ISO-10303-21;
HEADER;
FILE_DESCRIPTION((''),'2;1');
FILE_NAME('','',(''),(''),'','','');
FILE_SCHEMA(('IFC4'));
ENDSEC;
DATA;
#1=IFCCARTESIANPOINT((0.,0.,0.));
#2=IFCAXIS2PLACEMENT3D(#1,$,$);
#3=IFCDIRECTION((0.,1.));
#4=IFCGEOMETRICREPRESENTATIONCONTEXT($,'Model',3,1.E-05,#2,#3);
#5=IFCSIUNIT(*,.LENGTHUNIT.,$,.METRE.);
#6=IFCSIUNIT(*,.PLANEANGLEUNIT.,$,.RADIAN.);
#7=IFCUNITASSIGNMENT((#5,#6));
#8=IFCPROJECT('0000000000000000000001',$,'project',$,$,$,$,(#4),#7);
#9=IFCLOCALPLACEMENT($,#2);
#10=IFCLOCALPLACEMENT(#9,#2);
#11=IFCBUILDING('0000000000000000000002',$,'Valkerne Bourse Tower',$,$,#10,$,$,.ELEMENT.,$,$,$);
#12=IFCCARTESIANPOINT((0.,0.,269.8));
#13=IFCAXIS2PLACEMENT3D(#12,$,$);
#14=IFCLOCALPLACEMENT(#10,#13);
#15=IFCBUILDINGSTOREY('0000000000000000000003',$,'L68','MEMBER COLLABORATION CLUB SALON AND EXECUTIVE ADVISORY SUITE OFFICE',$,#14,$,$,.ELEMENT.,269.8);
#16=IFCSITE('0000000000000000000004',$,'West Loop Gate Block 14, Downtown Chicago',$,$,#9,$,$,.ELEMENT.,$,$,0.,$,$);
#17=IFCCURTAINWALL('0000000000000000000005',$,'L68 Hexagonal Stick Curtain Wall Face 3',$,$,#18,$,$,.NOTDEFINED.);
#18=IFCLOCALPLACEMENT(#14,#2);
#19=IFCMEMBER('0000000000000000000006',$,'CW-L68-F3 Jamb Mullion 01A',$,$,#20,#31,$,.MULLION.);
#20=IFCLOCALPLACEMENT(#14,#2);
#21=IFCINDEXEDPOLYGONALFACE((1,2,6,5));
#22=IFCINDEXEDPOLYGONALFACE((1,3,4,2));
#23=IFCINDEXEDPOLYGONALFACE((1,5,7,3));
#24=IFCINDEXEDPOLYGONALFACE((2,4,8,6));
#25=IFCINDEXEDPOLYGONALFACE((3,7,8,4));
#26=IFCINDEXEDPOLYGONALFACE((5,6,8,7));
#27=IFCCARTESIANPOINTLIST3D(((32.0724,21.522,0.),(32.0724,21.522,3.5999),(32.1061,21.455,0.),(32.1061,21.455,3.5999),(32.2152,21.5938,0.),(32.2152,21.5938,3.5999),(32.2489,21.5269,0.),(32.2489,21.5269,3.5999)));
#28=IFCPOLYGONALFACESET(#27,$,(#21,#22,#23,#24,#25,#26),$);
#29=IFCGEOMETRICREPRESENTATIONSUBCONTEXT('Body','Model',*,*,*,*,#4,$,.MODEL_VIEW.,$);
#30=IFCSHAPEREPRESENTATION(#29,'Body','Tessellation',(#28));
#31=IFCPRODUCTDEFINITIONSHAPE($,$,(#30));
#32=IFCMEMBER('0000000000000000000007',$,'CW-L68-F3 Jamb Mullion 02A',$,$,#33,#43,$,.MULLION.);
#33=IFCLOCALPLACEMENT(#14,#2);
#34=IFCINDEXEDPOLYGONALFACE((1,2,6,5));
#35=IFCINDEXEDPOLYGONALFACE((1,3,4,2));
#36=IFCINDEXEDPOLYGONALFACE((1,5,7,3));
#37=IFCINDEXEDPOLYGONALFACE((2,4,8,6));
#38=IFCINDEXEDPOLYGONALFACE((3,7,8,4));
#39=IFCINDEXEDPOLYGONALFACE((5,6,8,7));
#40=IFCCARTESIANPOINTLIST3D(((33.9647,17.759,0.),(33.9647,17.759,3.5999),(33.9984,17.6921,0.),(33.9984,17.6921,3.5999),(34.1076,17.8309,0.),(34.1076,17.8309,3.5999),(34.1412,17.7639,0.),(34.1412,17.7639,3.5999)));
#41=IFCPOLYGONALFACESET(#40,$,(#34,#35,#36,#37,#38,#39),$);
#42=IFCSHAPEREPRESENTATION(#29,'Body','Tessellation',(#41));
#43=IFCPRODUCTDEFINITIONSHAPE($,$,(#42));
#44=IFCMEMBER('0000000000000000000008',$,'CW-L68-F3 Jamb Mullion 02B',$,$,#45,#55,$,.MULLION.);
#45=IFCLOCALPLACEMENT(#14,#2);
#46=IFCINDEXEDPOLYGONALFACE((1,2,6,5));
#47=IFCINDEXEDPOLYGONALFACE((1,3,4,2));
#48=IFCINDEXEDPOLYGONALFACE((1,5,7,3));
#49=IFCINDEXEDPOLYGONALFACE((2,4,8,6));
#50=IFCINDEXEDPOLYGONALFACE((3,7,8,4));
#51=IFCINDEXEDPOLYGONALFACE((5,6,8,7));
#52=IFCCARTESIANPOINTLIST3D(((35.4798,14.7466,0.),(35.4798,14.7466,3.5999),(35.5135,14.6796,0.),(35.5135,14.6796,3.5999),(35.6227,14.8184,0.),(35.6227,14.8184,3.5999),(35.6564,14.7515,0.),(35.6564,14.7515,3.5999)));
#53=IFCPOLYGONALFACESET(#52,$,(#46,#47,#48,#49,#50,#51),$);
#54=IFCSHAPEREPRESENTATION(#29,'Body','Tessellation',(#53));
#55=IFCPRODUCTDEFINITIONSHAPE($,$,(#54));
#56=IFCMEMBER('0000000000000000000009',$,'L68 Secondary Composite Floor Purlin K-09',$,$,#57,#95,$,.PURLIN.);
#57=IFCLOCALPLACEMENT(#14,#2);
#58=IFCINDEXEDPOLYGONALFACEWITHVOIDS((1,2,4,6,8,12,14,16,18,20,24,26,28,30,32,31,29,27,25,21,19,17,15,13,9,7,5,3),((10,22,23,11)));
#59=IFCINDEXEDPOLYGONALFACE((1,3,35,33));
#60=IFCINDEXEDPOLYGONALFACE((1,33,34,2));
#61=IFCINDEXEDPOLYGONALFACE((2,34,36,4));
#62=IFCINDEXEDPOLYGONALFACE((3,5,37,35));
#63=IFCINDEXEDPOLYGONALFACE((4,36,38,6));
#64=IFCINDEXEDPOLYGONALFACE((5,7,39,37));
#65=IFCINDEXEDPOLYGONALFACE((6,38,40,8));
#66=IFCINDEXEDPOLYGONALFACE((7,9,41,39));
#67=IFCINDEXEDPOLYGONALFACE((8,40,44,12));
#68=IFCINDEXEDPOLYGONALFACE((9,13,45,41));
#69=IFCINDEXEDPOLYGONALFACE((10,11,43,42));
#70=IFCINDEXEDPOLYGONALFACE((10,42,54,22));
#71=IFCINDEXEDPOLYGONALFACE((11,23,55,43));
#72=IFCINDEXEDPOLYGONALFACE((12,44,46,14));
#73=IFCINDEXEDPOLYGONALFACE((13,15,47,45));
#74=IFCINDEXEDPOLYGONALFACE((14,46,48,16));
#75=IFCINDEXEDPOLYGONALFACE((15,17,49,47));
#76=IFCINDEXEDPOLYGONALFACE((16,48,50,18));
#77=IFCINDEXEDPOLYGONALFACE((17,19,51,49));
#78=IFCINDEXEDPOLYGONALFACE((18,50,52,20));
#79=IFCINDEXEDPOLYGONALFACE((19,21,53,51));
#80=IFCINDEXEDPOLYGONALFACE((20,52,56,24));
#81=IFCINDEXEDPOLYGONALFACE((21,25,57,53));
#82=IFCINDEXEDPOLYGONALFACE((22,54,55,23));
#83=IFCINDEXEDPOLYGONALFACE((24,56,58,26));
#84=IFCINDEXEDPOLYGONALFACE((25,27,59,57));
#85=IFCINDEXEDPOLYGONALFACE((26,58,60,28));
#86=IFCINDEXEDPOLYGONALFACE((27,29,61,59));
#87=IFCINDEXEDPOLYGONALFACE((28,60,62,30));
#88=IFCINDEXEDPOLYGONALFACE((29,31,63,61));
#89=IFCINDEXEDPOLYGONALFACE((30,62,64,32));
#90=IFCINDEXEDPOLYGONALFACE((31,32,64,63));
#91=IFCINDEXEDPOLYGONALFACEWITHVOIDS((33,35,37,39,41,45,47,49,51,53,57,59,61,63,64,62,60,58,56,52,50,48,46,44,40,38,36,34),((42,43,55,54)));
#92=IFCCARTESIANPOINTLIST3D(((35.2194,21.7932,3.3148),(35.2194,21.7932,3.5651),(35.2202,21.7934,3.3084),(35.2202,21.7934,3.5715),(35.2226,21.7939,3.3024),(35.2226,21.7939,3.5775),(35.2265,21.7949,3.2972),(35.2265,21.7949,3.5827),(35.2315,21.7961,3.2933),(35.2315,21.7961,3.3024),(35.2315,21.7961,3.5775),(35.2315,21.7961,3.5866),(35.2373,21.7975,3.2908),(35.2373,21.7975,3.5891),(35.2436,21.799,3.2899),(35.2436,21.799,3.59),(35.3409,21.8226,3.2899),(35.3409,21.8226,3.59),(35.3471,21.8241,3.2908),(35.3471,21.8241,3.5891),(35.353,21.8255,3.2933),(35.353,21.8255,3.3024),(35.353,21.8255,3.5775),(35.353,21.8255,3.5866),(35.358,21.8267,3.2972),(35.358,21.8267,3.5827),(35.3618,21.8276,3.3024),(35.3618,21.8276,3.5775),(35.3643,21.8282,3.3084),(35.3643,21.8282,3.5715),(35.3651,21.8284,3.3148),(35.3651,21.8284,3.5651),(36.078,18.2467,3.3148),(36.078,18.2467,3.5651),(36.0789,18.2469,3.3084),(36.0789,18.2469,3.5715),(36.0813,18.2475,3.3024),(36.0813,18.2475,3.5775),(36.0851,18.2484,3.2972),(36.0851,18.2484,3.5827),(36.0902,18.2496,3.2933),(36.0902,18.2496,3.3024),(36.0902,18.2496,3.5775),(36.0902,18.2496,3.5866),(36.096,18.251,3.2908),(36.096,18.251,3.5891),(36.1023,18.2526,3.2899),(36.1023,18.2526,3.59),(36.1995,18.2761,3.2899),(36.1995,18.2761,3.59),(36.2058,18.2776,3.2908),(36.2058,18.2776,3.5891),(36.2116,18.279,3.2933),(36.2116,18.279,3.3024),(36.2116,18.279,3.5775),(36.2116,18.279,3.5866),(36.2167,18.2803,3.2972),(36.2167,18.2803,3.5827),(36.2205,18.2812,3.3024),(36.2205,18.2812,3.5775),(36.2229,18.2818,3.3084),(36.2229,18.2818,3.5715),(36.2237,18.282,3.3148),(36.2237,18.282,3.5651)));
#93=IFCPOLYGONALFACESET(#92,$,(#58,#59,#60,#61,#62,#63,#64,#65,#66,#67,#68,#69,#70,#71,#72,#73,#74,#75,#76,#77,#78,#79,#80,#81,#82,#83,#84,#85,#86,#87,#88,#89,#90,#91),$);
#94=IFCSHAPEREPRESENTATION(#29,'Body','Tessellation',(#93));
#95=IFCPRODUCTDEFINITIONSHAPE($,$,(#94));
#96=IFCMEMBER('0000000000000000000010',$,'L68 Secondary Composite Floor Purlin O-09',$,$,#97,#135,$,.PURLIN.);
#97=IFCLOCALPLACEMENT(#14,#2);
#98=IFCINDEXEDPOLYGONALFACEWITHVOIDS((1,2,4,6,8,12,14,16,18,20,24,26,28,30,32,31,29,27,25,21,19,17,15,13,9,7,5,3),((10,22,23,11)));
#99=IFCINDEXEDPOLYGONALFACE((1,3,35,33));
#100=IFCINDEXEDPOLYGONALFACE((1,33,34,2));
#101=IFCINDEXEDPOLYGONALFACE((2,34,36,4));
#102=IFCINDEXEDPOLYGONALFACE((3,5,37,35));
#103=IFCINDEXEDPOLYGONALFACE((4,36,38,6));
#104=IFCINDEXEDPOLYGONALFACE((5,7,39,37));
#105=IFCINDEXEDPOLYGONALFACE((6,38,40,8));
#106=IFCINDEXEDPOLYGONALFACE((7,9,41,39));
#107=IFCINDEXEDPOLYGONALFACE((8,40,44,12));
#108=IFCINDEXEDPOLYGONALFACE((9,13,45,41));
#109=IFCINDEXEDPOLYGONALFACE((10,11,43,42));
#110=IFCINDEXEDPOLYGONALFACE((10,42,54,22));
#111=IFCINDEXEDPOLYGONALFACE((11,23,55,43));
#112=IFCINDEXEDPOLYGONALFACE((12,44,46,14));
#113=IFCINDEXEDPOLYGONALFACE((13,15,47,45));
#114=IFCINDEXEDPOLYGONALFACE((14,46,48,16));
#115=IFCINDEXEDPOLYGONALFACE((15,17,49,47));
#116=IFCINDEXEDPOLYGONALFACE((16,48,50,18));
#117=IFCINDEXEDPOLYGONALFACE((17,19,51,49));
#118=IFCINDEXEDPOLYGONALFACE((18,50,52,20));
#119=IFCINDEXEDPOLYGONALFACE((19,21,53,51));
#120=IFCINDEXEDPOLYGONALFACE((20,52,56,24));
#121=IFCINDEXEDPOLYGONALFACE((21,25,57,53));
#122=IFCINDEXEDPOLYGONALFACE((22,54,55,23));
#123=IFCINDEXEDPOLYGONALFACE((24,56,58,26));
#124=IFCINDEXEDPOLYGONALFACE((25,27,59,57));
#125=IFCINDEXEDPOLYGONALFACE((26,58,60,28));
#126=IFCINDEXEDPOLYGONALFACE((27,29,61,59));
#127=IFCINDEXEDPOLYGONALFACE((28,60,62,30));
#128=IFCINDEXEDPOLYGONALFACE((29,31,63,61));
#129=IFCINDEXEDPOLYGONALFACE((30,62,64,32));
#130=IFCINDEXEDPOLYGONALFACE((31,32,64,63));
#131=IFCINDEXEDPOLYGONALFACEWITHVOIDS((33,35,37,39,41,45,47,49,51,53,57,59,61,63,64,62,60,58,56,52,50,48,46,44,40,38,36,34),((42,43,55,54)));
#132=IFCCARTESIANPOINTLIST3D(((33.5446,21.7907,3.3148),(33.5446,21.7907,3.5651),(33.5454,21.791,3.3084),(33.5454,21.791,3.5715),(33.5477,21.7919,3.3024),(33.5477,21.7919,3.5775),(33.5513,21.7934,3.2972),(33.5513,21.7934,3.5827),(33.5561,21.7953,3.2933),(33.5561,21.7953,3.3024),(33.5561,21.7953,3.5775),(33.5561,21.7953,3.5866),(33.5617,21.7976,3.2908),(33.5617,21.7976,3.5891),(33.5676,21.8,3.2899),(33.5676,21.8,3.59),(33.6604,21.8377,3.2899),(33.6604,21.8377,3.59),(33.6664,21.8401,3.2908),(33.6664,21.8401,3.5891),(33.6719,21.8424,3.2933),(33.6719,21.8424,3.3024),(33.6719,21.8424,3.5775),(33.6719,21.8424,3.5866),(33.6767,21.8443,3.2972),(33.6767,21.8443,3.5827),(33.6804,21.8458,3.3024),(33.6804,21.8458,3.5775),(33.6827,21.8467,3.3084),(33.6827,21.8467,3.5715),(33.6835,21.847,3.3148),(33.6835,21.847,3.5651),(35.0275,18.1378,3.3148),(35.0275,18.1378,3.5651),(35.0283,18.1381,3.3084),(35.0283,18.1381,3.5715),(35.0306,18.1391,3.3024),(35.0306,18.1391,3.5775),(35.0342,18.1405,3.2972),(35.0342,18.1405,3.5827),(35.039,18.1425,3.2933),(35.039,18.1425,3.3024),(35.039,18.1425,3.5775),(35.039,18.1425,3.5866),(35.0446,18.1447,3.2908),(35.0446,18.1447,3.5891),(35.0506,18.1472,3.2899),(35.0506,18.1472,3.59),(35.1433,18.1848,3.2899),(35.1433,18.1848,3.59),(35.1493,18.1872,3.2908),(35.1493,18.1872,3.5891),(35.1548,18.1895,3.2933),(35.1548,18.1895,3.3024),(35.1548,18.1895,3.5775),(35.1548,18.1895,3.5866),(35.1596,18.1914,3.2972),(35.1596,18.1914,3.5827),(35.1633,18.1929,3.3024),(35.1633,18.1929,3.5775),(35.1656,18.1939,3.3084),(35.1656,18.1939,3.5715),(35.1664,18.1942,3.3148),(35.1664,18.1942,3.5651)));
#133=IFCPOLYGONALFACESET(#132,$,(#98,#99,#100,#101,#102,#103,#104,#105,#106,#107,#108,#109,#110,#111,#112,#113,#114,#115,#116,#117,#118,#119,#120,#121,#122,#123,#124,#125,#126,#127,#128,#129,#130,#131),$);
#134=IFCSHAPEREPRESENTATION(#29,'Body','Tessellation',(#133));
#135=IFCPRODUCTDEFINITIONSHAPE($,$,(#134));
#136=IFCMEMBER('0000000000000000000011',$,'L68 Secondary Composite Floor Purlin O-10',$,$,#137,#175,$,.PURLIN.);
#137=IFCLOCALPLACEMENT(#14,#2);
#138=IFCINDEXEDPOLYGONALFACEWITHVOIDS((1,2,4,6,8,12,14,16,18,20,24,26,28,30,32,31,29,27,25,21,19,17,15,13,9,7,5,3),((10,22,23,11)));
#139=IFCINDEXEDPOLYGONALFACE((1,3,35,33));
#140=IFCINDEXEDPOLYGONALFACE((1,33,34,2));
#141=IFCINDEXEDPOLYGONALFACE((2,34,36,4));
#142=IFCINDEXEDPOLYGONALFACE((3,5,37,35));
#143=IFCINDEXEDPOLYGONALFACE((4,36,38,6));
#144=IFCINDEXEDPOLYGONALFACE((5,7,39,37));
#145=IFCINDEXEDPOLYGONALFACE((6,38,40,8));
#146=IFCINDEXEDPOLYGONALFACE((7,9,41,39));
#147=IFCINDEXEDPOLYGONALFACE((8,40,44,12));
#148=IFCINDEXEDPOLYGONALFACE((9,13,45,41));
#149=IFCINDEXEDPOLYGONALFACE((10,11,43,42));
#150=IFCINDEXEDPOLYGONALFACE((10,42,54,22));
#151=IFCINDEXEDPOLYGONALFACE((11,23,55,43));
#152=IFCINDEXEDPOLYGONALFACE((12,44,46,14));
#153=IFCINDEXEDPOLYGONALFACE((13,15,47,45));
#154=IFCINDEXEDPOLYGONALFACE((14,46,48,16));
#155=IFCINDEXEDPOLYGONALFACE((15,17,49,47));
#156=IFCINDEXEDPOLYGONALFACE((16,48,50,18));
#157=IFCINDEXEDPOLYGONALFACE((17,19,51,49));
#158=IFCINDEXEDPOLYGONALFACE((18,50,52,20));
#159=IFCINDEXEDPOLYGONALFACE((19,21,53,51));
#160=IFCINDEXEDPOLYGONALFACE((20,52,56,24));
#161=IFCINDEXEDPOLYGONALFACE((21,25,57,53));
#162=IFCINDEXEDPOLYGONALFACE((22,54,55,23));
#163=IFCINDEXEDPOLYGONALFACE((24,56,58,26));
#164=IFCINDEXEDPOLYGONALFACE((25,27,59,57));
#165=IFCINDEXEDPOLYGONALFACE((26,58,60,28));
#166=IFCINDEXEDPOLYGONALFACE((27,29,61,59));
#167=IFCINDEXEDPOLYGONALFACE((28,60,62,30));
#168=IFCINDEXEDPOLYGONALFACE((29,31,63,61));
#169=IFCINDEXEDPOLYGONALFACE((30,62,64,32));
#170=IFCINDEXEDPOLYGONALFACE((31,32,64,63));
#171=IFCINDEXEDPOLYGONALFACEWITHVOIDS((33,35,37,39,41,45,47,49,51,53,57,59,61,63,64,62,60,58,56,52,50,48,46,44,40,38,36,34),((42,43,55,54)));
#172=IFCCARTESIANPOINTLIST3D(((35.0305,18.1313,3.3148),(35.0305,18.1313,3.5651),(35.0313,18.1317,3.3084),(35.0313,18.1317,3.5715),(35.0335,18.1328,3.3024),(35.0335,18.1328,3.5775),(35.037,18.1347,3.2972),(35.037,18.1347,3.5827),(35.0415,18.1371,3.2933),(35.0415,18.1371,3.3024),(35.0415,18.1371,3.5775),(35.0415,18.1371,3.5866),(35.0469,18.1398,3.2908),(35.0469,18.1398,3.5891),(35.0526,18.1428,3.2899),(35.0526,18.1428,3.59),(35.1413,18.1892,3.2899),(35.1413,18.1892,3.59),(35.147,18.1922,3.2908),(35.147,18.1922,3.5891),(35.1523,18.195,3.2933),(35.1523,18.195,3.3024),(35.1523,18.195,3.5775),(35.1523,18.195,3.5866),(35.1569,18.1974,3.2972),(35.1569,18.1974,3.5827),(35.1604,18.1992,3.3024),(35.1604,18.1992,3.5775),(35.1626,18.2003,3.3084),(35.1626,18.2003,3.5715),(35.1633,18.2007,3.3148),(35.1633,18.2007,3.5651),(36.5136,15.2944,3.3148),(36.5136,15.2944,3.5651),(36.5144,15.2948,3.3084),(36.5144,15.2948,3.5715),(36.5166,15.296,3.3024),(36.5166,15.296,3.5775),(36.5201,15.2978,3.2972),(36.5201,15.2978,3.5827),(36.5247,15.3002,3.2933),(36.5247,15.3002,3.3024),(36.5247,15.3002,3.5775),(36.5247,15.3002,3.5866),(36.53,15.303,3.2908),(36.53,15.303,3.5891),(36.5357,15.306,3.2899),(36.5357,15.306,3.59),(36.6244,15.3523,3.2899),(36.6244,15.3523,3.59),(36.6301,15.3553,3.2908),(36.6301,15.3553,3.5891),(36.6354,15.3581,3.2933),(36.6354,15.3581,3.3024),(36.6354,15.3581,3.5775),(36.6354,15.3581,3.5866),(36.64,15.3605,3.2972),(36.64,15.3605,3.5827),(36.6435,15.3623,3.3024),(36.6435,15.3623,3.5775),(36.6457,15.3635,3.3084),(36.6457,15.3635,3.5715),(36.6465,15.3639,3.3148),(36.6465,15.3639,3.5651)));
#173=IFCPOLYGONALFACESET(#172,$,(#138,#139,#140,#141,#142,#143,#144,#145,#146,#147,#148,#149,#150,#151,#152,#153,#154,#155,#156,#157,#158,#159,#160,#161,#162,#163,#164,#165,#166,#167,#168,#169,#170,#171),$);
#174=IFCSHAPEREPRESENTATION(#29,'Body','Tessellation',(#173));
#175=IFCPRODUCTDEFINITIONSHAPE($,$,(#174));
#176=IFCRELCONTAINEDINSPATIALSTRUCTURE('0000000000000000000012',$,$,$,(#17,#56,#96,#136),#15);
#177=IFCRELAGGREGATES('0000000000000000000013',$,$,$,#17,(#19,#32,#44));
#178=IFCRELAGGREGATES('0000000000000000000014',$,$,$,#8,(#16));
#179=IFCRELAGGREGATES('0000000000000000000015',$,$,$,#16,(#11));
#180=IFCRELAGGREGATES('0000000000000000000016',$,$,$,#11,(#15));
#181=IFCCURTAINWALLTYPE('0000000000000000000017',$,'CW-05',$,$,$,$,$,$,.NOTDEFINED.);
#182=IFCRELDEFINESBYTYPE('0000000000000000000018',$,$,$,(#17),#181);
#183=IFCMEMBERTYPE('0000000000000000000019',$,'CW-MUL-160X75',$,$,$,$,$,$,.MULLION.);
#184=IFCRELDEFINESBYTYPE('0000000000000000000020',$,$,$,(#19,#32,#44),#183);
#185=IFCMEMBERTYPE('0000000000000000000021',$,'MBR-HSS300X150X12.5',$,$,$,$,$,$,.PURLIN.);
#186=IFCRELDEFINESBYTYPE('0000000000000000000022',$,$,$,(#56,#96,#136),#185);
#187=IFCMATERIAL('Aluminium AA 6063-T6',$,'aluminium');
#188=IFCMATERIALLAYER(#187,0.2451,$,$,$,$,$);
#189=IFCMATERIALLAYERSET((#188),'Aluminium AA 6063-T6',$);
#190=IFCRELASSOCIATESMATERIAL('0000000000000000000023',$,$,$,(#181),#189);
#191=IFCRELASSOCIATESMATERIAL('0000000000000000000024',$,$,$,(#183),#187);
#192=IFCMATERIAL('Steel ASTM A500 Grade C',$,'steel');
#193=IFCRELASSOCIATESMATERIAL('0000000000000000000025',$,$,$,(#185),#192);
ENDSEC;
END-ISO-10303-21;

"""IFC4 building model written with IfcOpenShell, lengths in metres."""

from ifc_helpers import new_model, si_unit, direction, frame, origin, origin_2d, place, context, subcontext, project, spatial, rectangle, hollow_rectangle, extrude, material, layer, layer_set, material_profile, profile_set, type_object, element, aggregate, save


model = new_model("IFC4")

# Units and contexts
model_context = context("Model", 3, precision=1e-05, world=origin(), true_north=direction((0.0, 1.0)))
body_context = subcontext(model_context, "Body", "Model", "MODEL_VIEW")
ifc_project = project(units=[si_unit("LENGTHUNIT", "METRE"), si_unit("PLANEANGLEUNIT", "RADIAN")], contexts=[model_context])

# Site, building, storey
site_placement = place(None, origin())
site = spatial("IfcSite", under=ifc_project, at=site_placement, Name="West Loop Gate Block 14, Downtown Chicago", CompositionType="ELEMENT", RefElevation=0.0)
building_placement = place(site_placement, origin())
building = spatial("IfcBuilding", under=site, at=building_placement, Name="Valkerne Bourse Tower", CompositionType="ELEMENT")
storey_placement = place(building_placement, frame((0.0, 0.0, 269.8)))
storey = spatial("IfcBuildingStorey", under=building, at=storey_placement, Name="L68", Description="MEMBER COLLABORATION CLUB SALON AND EXECUTIVE ADVISORY SUITE OFFICE", CompositionType="ELEMENT", Elevation=269.8)

# Curtain wall, members
ifc_material_1 = material(Name="Aluminium AA 6063-T6", Category="aluminium")
ifc_layer_1 = layer(ifc_material_1, 0.2451)
ifc_layer_set_1 = layer_set([ifc_layer_1], Name="Aluminium AA 6063-T6")
curtain_wall_type = type_object("IfcCurtainWallType", Name="CW-05", PredefinedType="NOTDEFINED", material=ifc_layer_set_1)
curtain_wall_placement = place(storey_placement, origin())
curtain_wall = element("IfcCurtainWall", 1, at=curtain_wall_placement, inside=storey, type_object=curtain_wall_type, Name="L68 Hexagonal Stick Curtain Wall Face 3", PredefinedType="NOTDEFINED")
ifc_material_profile_1 = material_profile(ifc_material_1, rectangle(XDim=0.075, YDim=0.1599, at=origin_2d()), Name="CWM-75X160")
ifc_profile_set_1 = profile_set([ifc_material_profile_1], Name="Aluminium AA 6063-T6")
member_type_1 = type_object("IfcMemberType", Name="CW-MUL-160X75", PredefinedType="MULLION", material=ifc_profile_set_1)
member_1_placement = place(storey_placement, frame((32.1606, 21.5244, 0.0), z_axis=(0.0, 0.0, 1.0), x_axis=(0.449311, -0.893375, 0.0)))
member_1 = element("IfcMember", 2, at=member_1_placement, type_object=member_type_1, Name="CW-L68-F3 Jamb Mullion 01A", PredefinedType="MULLION", context=body_context, shape_type="SweptSolid", body=[
    extrude(rectangle(XDim=0.075, YDim=0.1599, at=origin_2d()), origin(), (0.0, 0.0, 1.0), 3.5999),
])
member_2_placement = place(storey_placement, frame((34.053, 17.7615, 0.0), z_axis=(0.0, 0.0, 1.0), x_axis=(0.44933, -0.893366, 0.0)))
member_2 = element("IfcMember", 3, at=member_2_placement, type_object=member_type_1, Name="CW-L68-F3 Jamb Mullion 02A", PredefinedType="MULLION", context=body_context, shape_type="SweptSolid", body=[
    extrude(rectangle(XDim=0.075, YDim=0.1599, at=origin_2d()), origin(), (0.0, 0.0, 1.0), 3.5999),
])
member_3_placement = place(storey_placement, frame((35.5681, 14.749, 0.0), z_axis=(0.0, 0.0, 1.0), x_axis=(0.44933, -0.893366, 0.0)))
member_3 = element("IfcMember", 4, at=member_3_placement, type_object=member_type_1, Name="CW-L68-F3 Jamb Mullion 02B", PredefinedType="MULLION", context=body_context, shape_type="SweptSolid", body=[
    extrude(rectangle(XDim=0.075, YDim=0.1599, at=origin_2d()), origin(), (0.0, 0.0, 1.0), 3.5999),
])

# Members
ifc_material_2 = material(Name="Steel ASTM A500 Grade C", Category="steel")
ifc_material_profile_2 = material_profile(ifc_material_2, hollow_rectangle(XDim=0.1499, YDim=0.3, WallThickness=0.0125, OuterFilletRadius=0.0249, at=origin_2d()), Name="HSS300X150X12.5")
ifc_profile_set_2 = profile_set([ifc_material_profile_2], Name="Steel ASTM A500 Grade C")
member_type_2 = type_object("IfcMemberType", Name="MBR-HSS300X150X12.5", PredefinedType="PURLIN", material=ifc_profile_set_2)
member_4_placement = place(storey_placement, frame((35.2922, 21.8108, 3.4399), z_axis=(0.235319, -0.971918, 0.0), x_axis=(0.971918, 0.235319, 0.0)))
element("IfcMember", 5, at=member_4_placement, inside=storey, type_object=member_type_2, Name="L68 Secondary Composite Floor Purlin K-09", PredefinedType="PURLIN", context=body_context, shape_type="SweptSolid", body=[
    extrude(hollow_rectangle(XDim=0.1499, YDim=0.3, WallThickness=0.0125, OuterFilletRadius=0.0249, at=origin_2d()), origin(), (0.0, 0.0, 1.0), 3.6489),
])
member_5_placement = place(storey_placement, frame((33.614, 21.8188, 3.4399), z_axis=(0.376148, -0.92656, 0.0), x_axis=(0.92656, 0.376148, 0.0)))
element("IfcMember", 6, at=member_5_placement, inside=storey, type_object=member_type_2, Name="L68 Secondary Composite Floor Purlin O-09", PredefinedType="PURLIN", context=body_context, shape_type="SweptSolid", body=[
    extrude(hollow_rectangle(XDim=0.1499, YDim=0.3, WallThickness=0.0125, OuterFilletRadius=0.0249, at=origin_2d()), origin(), (0.0, 0.0, 1.0), 3.9424),
])
member_6_placement = place(storey_placement, frame((35.0969, 18.166, 3.4399), z_axis=(0.463309, -0.886197, 0.0), x_axis=(0.886197, 0.463309, 0.0)))
element("IfcMember", 7, at=member_6_placement, inside=storey, type_object=member_type_2, Name="L68 Secondary Composite Floor Purlin O-10", PredefinedType="PURLIN", context=body_context, shape_type="SweptSolid", body=[
    extrude(hollow_rectangle(XDim=0.1499, YDim=0.3, WallThickness=0.0125, OuterFilletRadius=0.0249, at=origin_2d()), origin(), (0.0, 0.0, 1.0), 3.2012),
])

aggregate(curtain_wall, [member_1, member_2, member_3])

save(model, "model.ifc")
